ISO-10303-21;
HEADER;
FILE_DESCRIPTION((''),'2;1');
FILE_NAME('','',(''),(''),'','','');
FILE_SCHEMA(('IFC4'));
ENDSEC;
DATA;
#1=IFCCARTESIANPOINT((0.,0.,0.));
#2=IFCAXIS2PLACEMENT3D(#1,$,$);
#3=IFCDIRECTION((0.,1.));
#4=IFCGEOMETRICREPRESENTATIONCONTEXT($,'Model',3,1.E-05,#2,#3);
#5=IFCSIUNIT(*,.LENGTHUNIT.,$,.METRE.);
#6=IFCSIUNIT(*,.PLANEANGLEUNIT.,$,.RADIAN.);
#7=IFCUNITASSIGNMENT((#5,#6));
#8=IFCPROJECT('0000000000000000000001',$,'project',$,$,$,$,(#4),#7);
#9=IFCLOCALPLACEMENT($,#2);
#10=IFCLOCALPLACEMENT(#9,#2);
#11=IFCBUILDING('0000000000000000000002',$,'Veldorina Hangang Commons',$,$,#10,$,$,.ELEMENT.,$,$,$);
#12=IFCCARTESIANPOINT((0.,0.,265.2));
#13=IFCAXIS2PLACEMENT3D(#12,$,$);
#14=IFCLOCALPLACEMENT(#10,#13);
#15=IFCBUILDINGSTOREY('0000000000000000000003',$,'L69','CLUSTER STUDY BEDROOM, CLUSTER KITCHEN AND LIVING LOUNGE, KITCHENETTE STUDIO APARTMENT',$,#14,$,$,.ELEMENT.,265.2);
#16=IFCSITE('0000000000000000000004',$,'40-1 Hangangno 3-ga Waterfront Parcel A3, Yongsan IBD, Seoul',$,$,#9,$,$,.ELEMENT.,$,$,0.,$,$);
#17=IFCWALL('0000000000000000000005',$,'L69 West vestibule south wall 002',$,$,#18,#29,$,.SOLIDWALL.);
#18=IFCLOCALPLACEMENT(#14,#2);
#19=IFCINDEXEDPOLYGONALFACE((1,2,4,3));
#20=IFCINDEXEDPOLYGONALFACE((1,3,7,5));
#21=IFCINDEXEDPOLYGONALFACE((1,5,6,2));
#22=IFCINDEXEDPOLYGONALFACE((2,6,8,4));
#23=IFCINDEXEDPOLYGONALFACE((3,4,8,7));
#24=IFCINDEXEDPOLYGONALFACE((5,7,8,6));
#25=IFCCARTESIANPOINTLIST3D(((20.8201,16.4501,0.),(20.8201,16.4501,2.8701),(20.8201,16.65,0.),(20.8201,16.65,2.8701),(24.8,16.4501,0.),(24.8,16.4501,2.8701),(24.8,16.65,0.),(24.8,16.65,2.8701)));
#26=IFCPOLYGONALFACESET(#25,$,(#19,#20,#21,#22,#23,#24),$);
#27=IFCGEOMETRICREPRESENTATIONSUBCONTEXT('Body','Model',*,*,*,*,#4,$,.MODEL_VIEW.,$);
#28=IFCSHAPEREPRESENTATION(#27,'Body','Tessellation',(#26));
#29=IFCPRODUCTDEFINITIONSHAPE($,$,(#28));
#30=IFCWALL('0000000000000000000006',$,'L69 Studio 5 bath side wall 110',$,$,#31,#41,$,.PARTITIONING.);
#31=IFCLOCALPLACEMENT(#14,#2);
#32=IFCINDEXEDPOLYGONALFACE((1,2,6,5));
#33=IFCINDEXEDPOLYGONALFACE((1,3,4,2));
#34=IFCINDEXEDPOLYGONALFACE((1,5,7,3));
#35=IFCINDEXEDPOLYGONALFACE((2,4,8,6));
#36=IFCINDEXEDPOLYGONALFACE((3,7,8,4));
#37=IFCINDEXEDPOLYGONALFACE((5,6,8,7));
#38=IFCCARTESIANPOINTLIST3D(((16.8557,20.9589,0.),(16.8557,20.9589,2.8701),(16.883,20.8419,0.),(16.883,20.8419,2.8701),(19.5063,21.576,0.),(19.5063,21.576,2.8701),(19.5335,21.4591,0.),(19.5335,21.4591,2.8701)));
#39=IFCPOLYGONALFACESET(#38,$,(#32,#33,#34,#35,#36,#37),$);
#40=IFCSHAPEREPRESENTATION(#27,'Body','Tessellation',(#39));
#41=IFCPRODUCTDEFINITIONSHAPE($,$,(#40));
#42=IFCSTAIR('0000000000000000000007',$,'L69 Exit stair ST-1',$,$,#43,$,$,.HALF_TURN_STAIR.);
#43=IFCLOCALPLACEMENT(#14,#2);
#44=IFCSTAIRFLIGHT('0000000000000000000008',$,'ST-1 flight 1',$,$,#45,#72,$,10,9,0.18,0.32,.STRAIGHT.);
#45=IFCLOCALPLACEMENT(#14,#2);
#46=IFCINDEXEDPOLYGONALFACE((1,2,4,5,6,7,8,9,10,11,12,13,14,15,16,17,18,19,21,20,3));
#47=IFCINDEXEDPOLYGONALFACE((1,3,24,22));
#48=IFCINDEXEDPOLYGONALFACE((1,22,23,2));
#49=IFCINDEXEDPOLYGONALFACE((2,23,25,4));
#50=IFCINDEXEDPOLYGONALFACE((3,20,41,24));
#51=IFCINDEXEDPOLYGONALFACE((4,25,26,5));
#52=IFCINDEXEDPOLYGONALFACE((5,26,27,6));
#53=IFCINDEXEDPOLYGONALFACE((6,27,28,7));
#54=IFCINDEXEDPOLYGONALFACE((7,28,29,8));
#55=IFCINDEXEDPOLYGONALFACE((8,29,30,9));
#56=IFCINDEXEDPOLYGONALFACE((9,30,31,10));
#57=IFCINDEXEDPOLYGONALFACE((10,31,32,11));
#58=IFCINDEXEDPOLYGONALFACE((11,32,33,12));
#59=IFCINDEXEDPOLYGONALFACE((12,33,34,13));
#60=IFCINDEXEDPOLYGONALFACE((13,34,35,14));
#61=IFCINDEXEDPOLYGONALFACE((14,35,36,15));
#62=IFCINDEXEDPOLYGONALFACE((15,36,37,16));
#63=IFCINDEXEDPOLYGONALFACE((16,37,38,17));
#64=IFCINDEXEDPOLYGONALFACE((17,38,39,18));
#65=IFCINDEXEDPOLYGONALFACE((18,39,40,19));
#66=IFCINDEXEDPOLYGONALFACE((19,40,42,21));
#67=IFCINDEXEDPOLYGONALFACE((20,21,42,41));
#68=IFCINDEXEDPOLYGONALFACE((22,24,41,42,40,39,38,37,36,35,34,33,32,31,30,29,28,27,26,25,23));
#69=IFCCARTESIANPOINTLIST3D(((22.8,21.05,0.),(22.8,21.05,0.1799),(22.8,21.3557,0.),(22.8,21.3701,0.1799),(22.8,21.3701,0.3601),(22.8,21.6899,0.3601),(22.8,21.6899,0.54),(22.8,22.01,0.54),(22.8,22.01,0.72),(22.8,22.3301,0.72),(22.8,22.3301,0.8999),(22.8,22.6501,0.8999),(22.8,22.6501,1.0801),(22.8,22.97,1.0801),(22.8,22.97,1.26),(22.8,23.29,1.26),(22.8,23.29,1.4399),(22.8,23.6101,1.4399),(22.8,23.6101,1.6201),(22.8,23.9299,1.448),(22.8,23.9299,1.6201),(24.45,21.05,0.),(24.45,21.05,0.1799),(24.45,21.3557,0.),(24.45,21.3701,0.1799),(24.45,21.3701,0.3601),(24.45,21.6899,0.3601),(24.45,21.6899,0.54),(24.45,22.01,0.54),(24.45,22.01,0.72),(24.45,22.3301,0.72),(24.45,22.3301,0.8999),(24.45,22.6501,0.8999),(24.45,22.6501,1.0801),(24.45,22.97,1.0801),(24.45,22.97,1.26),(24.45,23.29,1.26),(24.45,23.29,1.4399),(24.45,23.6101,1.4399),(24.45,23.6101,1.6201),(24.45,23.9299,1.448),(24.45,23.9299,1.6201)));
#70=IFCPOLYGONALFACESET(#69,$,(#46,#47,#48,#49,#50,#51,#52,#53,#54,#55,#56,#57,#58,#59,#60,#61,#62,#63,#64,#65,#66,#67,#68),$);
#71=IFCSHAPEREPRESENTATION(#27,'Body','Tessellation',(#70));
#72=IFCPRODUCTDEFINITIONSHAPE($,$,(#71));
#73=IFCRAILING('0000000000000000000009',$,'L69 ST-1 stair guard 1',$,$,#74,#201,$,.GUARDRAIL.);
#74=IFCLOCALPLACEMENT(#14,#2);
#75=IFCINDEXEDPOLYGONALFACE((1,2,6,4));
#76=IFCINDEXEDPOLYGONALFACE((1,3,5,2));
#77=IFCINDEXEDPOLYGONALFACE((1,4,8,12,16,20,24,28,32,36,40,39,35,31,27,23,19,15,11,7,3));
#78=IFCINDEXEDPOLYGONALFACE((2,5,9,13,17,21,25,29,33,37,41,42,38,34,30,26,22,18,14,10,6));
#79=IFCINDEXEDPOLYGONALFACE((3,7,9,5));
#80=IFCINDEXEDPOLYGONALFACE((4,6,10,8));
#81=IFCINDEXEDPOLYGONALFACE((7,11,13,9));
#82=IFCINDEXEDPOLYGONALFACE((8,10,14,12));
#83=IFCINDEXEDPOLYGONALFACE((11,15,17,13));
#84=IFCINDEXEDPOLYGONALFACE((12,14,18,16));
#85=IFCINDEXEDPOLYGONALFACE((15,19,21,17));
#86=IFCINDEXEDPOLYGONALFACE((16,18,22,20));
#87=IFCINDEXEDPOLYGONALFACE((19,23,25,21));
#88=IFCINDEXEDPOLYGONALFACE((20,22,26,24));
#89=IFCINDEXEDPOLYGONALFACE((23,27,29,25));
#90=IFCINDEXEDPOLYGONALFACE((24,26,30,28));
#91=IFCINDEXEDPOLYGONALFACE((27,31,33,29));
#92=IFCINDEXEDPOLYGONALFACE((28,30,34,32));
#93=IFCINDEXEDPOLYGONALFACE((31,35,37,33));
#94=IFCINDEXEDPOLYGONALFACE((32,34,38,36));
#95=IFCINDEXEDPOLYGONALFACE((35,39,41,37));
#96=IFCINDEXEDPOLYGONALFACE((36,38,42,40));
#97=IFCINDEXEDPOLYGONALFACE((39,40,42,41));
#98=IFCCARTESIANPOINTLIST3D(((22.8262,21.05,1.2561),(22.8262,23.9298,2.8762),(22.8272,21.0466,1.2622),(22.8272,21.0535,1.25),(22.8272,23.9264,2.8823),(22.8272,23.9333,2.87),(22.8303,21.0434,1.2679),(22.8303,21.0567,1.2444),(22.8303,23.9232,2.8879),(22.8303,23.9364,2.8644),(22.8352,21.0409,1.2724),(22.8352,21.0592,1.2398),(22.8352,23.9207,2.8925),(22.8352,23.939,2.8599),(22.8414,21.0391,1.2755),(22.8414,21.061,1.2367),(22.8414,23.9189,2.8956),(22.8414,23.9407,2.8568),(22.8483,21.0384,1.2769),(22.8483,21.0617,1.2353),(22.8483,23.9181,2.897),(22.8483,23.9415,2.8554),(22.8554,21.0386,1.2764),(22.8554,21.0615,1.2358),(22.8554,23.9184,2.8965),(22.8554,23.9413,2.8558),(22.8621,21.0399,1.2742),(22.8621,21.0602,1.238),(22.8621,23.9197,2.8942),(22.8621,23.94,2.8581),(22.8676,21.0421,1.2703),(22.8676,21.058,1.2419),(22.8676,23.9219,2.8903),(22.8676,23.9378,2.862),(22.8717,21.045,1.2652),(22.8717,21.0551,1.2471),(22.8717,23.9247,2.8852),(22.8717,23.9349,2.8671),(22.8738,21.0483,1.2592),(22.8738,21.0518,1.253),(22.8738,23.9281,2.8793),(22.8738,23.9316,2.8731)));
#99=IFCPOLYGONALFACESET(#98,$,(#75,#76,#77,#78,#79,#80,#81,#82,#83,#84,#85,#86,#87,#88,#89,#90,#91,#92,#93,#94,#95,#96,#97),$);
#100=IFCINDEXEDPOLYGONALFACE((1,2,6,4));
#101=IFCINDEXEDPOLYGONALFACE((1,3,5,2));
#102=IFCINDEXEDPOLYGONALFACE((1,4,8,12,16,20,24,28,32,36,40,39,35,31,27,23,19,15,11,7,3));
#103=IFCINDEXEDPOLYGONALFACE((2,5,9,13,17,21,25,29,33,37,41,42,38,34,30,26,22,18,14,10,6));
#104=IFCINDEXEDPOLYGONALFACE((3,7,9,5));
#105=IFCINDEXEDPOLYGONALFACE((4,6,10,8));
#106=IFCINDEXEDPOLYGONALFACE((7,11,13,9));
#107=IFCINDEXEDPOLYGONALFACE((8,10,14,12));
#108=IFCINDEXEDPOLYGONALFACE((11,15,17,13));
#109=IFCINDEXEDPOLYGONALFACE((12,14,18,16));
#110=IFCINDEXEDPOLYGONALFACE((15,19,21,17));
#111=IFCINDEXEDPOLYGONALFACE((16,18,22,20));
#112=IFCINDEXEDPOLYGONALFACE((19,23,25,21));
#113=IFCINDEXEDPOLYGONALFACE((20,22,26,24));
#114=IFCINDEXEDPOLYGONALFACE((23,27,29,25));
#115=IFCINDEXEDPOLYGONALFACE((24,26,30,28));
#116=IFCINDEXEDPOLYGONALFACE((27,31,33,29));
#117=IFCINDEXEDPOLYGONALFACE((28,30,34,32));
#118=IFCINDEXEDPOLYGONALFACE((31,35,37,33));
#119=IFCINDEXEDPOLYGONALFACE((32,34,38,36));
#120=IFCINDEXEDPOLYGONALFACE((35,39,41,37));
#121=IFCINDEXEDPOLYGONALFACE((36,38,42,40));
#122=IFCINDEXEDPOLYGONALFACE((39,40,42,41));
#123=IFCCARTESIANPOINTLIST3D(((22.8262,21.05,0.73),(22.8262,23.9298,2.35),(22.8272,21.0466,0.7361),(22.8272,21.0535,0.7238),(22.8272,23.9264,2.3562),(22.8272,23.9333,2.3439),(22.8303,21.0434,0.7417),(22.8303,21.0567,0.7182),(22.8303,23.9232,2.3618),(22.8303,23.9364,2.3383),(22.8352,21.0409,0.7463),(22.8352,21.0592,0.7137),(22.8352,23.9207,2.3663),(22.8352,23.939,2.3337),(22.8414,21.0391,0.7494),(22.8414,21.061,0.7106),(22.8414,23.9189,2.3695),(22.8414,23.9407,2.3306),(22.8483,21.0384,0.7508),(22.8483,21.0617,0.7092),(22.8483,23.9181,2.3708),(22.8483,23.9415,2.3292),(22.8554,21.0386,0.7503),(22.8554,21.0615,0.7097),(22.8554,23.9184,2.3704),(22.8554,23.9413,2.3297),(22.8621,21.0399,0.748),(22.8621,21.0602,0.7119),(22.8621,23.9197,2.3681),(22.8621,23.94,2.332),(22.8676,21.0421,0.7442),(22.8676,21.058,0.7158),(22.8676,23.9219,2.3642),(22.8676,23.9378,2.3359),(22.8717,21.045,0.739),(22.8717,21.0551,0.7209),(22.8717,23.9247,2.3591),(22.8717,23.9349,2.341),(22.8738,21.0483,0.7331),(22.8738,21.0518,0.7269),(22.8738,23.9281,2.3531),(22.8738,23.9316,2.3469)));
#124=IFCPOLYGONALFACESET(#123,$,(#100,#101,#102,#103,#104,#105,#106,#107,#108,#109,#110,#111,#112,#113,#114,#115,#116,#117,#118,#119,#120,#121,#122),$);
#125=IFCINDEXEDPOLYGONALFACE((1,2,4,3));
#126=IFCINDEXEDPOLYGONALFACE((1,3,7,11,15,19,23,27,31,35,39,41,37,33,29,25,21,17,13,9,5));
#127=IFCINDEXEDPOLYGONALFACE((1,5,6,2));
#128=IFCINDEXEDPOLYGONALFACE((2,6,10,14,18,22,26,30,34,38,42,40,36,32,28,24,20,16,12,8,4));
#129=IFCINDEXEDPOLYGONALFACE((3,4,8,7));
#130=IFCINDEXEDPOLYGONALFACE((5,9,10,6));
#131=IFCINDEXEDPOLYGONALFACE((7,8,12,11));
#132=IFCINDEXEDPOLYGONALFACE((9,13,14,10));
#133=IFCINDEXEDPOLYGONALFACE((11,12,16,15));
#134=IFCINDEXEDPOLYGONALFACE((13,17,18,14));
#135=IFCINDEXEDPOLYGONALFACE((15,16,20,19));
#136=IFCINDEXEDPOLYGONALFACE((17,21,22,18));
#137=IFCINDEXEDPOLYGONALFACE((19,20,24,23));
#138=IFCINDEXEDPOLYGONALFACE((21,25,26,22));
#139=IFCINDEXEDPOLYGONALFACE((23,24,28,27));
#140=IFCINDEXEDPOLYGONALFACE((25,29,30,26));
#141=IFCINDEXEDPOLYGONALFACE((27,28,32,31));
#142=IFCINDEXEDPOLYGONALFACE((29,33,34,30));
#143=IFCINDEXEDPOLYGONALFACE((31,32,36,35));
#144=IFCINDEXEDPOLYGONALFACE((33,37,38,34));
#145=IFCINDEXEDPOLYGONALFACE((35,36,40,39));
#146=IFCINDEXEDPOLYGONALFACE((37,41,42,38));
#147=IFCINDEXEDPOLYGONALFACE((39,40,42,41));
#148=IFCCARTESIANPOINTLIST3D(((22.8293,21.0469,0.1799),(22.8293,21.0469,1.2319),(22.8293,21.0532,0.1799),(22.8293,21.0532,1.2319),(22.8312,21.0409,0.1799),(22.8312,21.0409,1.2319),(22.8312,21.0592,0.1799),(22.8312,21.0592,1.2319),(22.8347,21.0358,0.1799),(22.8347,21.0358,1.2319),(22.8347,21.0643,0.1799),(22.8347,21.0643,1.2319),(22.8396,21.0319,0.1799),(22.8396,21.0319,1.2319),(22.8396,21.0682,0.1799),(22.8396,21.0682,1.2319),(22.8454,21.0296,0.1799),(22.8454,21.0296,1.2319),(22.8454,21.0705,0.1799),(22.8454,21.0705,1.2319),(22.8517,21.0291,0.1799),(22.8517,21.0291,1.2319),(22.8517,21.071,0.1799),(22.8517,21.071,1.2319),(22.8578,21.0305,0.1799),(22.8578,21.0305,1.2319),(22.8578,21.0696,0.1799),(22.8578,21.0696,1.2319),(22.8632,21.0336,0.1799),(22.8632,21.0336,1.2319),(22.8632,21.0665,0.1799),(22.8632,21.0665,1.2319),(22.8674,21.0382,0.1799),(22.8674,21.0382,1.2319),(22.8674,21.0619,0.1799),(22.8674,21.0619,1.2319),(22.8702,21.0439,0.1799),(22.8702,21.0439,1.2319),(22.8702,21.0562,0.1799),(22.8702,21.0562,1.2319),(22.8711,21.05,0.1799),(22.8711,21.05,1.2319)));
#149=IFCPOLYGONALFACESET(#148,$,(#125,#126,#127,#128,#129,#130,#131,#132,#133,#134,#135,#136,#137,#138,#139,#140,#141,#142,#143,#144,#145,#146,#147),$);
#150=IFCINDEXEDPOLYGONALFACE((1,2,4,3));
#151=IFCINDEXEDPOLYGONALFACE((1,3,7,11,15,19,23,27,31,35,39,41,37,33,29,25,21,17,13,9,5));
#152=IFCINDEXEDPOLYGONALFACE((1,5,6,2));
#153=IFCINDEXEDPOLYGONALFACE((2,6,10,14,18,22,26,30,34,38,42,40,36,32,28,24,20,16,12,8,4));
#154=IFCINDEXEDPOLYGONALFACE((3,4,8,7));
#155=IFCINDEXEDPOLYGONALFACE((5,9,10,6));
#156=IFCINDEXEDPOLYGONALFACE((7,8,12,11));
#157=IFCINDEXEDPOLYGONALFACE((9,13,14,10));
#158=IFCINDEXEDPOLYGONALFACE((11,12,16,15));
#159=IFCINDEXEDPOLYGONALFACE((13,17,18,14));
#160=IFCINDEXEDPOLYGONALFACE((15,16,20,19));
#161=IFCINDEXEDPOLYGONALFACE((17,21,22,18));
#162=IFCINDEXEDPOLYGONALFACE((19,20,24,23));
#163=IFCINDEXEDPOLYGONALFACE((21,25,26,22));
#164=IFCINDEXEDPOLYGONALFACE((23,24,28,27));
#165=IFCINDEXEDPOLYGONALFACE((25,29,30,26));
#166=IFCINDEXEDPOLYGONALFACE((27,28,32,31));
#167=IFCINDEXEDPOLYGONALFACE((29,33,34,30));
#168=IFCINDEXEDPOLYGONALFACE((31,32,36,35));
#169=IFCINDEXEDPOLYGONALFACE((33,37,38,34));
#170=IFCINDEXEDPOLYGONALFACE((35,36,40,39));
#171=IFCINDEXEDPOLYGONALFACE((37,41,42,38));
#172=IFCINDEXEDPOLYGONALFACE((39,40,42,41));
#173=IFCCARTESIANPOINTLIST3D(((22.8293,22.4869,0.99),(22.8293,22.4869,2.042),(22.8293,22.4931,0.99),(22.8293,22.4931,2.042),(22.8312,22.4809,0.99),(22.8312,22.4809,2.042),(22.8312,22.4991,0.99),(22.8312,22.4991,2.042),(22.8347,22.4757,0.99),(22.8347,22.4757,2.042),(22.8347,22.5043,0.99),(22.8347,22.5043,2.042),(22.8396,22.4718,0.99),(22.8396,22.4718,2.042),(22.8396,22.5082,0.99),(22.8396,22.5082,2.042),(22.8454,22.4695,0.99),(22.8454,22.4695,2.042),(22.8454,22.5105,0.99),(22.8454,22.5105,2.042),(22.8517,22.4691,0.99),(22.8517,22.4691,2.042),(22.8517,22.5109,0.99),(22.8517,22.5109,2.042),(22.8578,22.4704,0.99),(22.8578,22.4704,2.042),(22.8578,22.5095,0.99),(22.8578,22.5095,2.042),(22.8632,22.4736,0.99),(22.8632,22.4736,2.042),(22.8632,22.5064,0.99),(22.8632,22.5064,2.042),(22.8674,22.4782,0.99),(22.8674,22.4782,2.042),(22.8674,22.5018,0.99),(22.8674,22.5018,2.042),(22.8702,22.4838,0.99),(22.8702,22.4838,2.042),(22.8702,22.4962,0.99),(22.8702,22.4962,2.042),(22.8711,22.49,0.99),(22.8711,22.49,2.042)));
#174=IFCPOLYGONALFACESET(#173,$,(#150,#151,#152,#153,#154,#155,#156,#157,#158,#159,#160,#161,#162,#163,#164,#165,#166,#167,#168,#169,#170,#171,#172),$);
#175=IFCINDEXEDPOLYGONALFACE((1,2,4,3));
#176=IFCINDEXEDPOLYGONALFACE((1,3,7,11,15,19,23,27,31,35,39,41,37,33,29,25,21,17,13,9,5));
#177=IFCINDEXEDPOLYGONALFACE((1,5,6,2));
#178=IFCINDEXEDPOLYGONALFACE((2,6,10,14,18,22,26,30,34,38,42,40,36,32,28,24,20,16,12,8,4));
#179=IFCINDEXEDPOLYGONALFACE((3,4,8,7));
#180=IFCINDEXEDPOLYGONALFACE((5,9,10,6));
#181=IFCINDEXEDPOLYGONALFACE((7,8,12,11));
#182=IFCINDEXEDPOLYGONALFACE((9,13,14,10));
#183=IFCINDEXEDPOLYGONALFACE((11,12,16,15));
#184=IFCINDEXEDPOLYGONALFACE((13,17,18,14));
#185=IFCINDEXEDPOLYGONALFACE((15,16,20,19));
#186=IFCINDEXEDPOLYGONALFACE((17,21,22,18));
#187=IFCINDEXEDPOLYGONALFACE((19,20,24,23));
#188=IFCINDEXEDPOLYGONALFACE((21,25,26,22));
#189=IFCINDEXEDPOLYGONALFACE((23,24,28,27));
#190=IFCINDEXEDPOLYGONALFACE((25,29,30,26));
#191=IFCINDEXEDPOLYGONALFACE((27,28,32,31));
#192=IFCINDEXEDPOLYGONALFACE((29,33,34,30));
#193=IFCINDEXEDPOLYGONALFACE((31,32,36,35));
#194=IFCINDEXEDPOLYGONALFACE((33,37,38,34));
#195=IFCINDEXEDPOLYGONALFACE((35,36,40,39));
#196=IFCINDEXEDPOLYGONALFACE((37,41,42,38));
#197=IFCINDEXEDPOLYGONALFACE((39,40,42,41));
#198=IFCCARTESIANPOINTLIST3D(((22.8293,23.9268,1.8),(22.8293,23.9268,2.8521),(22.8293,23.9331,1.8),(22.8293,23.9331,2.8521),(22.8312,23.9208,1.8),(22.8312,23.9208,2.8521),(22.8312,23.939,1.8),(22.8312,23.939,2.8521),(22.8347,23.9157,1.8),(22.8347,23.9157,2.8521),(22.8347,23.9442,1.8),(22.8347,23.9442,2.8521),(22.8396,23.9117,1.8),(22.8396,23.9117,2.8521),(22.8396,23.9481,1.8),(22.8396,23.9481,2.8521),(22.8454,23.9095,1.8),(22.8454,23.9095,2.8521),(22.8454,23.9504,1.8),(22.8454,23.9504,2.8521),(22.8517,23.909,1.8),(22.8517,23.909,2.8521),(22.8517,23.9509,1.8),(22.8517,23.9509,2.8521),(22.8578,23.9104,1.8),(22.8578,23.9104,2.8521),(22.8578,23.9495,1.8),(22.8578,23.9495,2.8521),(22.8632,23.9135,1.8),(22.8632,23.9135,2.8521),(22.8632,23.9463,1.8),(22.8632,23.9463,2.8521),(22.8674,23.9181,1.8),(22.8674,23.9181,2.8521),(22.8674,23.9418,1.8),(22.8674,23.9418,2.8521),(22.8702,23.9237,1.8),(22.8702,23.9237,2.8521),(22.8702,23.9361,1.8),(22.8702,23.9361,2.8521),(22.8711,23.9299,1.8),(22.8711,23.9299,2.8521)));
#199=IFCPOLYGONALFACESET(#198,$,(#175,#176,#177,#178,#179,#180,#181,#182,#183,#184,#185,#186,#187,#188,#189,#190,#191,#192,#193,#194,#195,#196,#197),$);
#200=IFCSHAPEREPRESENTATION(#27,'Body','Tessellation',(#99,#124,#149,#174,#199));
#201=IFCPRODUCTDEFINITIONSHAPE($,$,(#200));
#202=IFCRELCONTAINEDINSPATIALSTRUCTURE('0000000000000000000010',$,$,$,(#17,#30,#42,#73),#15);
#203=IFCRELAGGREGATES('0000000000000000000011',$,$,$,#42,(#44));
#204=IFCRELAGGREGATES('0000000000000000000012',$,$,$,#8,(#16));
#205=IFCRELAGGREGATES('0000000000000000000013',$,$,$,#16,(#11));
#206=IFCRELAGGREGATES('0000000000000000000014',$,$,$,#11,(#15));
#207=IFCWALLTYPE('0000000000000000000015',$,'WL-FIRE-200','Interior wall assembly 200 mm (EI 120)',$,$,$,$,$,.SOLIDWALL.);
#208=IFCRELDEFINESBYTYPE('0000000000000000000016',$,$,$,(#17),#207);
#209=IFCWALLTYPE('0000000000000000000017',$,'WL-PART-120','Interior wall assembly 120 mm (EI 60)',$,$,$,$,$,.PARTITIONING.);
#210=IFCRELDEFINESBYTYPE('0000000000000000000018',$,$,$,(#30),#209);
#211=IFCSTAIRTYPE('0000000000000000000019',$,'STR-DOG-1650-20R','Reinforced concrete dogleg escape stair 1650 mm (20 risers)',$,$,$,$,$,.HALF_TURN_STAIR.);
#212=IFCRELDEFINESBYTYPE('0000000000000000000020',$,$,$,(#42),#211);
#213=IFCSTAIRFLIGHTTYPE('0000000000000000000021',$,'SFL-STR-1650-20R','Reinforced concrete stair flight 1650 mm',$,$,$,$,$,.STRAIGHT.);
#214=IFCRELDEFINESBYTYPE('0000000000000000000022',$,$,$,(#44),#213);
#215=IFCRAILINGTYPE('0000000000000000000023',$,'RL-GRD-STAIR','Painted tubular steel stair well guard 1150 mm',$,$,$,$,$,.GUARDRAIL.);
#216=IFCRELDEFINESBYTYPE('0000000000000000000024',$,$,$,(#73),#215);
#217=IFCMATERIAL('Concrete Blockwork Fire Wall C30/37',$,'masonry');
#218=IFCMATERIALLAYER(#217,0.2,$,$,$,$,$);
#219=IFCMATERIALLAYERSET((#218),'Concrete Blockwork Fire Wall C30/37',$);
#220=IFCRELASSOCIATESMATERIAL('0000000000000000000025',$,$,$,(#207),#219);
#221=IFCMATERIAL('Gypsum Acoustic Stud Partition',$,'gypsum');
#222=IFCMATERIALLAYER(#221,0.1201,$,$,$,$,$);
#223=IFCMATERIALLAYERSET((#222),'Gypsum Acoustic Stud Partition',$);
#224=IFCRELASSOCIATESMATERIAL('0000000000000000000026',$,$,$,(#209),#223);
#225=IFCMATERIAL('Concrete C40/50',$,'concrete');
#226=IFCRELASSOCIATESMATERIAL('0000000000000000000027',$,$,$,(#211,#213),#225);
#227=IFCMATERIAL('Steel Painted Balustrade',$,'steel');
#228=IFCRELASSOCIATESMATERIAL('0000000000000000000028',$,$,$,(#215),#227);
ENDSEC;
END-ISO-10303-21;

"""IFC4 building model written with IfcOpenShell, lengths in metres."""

from ifc_helpers import new_model, si_unit, direction, frame, frame_2d, origin, origin_2d, place, context, subcontext, project, spatial, polyline, rectangle, circle, outline, extrude, material, layer, layer_set, type_object, element, aggregate, save


model = new_model("IFC4")

# Units and contexts
model_context = context("Model", 3, precision=1e-05, world=origin(), true_north=direction((0.0, 1.0)))
body_context = subcontext(model_context, "Body", "Model", "MODEL_VIEW")
ifc_project = project(units=[si_unit("LENGTHUNIT", "METRE"), si_unit("PLANEANGLEUNIT", "RADIAN")], contexts=[model_context])

# Site, building, storey
site_placement = place(None, origin())
site = spatial("IfcSite", under=ifc_project, at=site_placement, Name="40-1 Hangangno 3-ga Waterfront Parcel A3, Yongsan IBD, Seoul", CompositionType="ELEMENT", RefElevation=0.0)
building_placement = place(site_placement, origin())
building = spatial("IfcBuilding", under=site, at=building_placement, Name="Veldorina Hangang Commons", CompositionType="ELEMENT")
storey_placement = place(building_placement, frame((0.0, 0.0, 265.2)))
storey = spatial("IfcBuildingStorey", under=building, at=storey_placement, Name="L69", Description="CLUSTER STUDY BEDROOM, CLUSTER KITCHEN AND LIVING LOUNGE, KITCHENETTE STUDIO APARTMENT", CompositionType="ELEMENT", Elevation=265.2)

# Shared definitions
ifc_material_1 = material(Name="Concrete Blockwork Fire Wall C30/37", Category="masonry")
ifc_layer_1 = layer(ifc_material_1, 0.2)
ifc_layer_set_1 = layer_set([ifc_layer_1], Name="Concrete Blockwork Fire Wall C30/37")
wall_type_1 = type_object("IfcWallType", Name="WL-FIRE-200", Description="Interior wall assembly 200 mm (EI 120)", PredefinedType="SOLIDWALL", material=ifc_layer_set_1)

# Walls
wall_1_placement = place(storey_placement, frame((20.8201, 16.55, 0.0), z_axis=(0.0, 0.0, 1.0), x_axis=(1.0, 0.0, 0.0)))
element("IfcWall", 1, at=wall_1_placement, inside=storey, type_object=wall_type_1, Name="L69 West vestibule south wall 002", PredefinedType="SOLIDWALL", context=body_context, shape_type="SweptSolid", body=[
    extrude(rectangle(XDim=3.98, YDim=0.2, at=frame_2d((1.99, 0.0))), origin(), (0.0, 0.0, 1.0), 2.8701),
])
ifc_material_2 = material(Name="Gypsum Acoustic Stud Partition", Category="gypsum")
ifc_layer_2 = layer(ifc_material_2, 0.1201)
ifc_layer_set_2 = layer_set([ifc_layer_2], Name="Gypsum Acoustic Stud Partition")
wall_type_2 = type_object("IfcWallType", Name="WL-PART-120", Description="Interior wall assembly 120 mm (EI 60)", PredefinedType="PARTITIONING", material=ifc_layer_set_2)
wall_2_placement = place(storey_placement, frame((19.52, 21.5176, 0.0), z_axis=(0.0, 0.0, 1.0), x_axis=(-0.973946, -0.226779, 0.0)))
element("IfcWall", 2, at=wall_2_placement, inside=storey, type_object=wall_type_2, Name="L69 Studio 5 bath side wall 110", PredefinedType="PARTITIONING", context=body_context, shape_type="SweptSolid", body=[
    extrude(rectangle(XDim=2.7214, YDim=0.1201, at=frame_2d((1.3608, 0.0))), origin(), (0.0, 0.0, 1.0), 2.8701),
])

# Stair, stair flight
ifc_material_3 = material(Name="Concrete C40/50", Category="concrete")
stair_type = type_object("IfcStairType", Name="STR-DOG-1650-20R", Description="Reinforced concrete dogleg escape stair 1650 mm (20 risers)", PredefinedType="HALF_TURN_STAIR", material=ifc_material_3)
stair_placement = place(storey_placement, origin())
stair = element("IfcStair", 3, at=stair_placement, inside=storey, type_object=stair_type, Name="L69 Exit stair ST-1", PredefinedType="HALF_TURN_STAIR")
stair_flight_type = type_object("IfcStairFlightType", Name="SFL-STR-1650-20R", Description="Reinforced concrete stair flight 1650 mm", PredefinedType="STRAIGHT", material=ifc_material_3)
stair_flight_placement = place(storey_placement, frame((23.625, 21.05, 0.0), z_axis=(0.0, 0.0, 1.0), x_axis=(0.0, 1.0, 0.0)))
stair_flight = element("IfcStairFlight", 4, at=stair_flight_placement, type_object=stair_flight_type, Name="ST-1 flight 1", NumberOfRisers=10, NumberOfTreads=9, PredefinedType="STRAIGHT", RiserHeight=0.18, TreadLength=0.32, context=body_context, shape_type="SweptSolid", body=[
    extrude(outline(polyline([(0.0, 0.0), (0.0, 0.1799), (0.3201, 0.1799), (0.3201, 0.3601), (0.6399, 0.3601), (0.6399, 0.54), (0.96, 0.54), (0.96, 0.72), (1.28, 0.72), (1.28, 0.8999), (1.6001, 0.8999), (1.6001, 1.0801), (1.9199, 1.0801), (1.9199, 1.26), (2.24, 1.26), (2.24, 1.4399), (2.5601, 1.4399), (2.5601, 1.6201), (2.8799, 1.6201), (2.8799, 1.8), (2.8799, 1.448), (0.3057, 0.0), (0.0, 0.0)])), frame((0.0, 0.825, 0.0), z_axis=(0.0, -1.0, 0.0), x_axis=(1.0, 0.0, 0.0)), (0.0, 0.0, 1.0), 1.6499),
])
aggregate(stair, [stair_flight])

# Railing
ifc_material_4 = material(Name="Steel Painted Balustrade", Category="steel")
railing_type = type_object("IfcRailingType", Name="RL-GRD-STAIR", Description="Painted tubular steel stair well guard 1150 mm", PredefinedType="GUARDRAIL", material=ifc_material_4)
railing_1_placement = place(storey_placement, frame((22.8501, 21.05, 0.1799)))
element("IfcRailing", 5, at=railing_1_placement, inside=storey, type_object=railing_type, Name="L69 ST-1 stair guard 1", PredefinedType="GUARDRAIL", context=body_context, shape_type="SweptSolid", body=[
    extrude(circle(Radius=0.0239, at=origin_2d()), frame((0.0, 0.0, 1.0762), z_axis=(0.0, 0.871552, 0.490303), x_axis=(-1.0, 0.0, 0.0)), (0.0, 0.0, 1.0), 3.3042),
    extrude(circle(Radius=0.0239, at=origin_2d()), frame((0.0, 0.0, 0.55), z_axis=(0.0, 0.871552, 0.490303), x_axis=(-1.0, 0.0, 0.0)), (0.0, 0.0, 1.0), 3.3042),
    extrude(circle(Radius=0.021, at=origin_2d()), origin(), (0.0, 0.0, 1.0), 1.052),
    extrude(circle(Radius=0.021, at=origin_2d()), frame((0.0, 1.4399, 0.8101)), (0.0, 0.0, 1.0), 1.052),
    extrude(circle(Radius=0.021, at=origin_2d()), frame((0.0, 2.8799, 1.6201)), (0.0, 0.0, 1.0), 1.052),
])

save(model, "model.ifc")
